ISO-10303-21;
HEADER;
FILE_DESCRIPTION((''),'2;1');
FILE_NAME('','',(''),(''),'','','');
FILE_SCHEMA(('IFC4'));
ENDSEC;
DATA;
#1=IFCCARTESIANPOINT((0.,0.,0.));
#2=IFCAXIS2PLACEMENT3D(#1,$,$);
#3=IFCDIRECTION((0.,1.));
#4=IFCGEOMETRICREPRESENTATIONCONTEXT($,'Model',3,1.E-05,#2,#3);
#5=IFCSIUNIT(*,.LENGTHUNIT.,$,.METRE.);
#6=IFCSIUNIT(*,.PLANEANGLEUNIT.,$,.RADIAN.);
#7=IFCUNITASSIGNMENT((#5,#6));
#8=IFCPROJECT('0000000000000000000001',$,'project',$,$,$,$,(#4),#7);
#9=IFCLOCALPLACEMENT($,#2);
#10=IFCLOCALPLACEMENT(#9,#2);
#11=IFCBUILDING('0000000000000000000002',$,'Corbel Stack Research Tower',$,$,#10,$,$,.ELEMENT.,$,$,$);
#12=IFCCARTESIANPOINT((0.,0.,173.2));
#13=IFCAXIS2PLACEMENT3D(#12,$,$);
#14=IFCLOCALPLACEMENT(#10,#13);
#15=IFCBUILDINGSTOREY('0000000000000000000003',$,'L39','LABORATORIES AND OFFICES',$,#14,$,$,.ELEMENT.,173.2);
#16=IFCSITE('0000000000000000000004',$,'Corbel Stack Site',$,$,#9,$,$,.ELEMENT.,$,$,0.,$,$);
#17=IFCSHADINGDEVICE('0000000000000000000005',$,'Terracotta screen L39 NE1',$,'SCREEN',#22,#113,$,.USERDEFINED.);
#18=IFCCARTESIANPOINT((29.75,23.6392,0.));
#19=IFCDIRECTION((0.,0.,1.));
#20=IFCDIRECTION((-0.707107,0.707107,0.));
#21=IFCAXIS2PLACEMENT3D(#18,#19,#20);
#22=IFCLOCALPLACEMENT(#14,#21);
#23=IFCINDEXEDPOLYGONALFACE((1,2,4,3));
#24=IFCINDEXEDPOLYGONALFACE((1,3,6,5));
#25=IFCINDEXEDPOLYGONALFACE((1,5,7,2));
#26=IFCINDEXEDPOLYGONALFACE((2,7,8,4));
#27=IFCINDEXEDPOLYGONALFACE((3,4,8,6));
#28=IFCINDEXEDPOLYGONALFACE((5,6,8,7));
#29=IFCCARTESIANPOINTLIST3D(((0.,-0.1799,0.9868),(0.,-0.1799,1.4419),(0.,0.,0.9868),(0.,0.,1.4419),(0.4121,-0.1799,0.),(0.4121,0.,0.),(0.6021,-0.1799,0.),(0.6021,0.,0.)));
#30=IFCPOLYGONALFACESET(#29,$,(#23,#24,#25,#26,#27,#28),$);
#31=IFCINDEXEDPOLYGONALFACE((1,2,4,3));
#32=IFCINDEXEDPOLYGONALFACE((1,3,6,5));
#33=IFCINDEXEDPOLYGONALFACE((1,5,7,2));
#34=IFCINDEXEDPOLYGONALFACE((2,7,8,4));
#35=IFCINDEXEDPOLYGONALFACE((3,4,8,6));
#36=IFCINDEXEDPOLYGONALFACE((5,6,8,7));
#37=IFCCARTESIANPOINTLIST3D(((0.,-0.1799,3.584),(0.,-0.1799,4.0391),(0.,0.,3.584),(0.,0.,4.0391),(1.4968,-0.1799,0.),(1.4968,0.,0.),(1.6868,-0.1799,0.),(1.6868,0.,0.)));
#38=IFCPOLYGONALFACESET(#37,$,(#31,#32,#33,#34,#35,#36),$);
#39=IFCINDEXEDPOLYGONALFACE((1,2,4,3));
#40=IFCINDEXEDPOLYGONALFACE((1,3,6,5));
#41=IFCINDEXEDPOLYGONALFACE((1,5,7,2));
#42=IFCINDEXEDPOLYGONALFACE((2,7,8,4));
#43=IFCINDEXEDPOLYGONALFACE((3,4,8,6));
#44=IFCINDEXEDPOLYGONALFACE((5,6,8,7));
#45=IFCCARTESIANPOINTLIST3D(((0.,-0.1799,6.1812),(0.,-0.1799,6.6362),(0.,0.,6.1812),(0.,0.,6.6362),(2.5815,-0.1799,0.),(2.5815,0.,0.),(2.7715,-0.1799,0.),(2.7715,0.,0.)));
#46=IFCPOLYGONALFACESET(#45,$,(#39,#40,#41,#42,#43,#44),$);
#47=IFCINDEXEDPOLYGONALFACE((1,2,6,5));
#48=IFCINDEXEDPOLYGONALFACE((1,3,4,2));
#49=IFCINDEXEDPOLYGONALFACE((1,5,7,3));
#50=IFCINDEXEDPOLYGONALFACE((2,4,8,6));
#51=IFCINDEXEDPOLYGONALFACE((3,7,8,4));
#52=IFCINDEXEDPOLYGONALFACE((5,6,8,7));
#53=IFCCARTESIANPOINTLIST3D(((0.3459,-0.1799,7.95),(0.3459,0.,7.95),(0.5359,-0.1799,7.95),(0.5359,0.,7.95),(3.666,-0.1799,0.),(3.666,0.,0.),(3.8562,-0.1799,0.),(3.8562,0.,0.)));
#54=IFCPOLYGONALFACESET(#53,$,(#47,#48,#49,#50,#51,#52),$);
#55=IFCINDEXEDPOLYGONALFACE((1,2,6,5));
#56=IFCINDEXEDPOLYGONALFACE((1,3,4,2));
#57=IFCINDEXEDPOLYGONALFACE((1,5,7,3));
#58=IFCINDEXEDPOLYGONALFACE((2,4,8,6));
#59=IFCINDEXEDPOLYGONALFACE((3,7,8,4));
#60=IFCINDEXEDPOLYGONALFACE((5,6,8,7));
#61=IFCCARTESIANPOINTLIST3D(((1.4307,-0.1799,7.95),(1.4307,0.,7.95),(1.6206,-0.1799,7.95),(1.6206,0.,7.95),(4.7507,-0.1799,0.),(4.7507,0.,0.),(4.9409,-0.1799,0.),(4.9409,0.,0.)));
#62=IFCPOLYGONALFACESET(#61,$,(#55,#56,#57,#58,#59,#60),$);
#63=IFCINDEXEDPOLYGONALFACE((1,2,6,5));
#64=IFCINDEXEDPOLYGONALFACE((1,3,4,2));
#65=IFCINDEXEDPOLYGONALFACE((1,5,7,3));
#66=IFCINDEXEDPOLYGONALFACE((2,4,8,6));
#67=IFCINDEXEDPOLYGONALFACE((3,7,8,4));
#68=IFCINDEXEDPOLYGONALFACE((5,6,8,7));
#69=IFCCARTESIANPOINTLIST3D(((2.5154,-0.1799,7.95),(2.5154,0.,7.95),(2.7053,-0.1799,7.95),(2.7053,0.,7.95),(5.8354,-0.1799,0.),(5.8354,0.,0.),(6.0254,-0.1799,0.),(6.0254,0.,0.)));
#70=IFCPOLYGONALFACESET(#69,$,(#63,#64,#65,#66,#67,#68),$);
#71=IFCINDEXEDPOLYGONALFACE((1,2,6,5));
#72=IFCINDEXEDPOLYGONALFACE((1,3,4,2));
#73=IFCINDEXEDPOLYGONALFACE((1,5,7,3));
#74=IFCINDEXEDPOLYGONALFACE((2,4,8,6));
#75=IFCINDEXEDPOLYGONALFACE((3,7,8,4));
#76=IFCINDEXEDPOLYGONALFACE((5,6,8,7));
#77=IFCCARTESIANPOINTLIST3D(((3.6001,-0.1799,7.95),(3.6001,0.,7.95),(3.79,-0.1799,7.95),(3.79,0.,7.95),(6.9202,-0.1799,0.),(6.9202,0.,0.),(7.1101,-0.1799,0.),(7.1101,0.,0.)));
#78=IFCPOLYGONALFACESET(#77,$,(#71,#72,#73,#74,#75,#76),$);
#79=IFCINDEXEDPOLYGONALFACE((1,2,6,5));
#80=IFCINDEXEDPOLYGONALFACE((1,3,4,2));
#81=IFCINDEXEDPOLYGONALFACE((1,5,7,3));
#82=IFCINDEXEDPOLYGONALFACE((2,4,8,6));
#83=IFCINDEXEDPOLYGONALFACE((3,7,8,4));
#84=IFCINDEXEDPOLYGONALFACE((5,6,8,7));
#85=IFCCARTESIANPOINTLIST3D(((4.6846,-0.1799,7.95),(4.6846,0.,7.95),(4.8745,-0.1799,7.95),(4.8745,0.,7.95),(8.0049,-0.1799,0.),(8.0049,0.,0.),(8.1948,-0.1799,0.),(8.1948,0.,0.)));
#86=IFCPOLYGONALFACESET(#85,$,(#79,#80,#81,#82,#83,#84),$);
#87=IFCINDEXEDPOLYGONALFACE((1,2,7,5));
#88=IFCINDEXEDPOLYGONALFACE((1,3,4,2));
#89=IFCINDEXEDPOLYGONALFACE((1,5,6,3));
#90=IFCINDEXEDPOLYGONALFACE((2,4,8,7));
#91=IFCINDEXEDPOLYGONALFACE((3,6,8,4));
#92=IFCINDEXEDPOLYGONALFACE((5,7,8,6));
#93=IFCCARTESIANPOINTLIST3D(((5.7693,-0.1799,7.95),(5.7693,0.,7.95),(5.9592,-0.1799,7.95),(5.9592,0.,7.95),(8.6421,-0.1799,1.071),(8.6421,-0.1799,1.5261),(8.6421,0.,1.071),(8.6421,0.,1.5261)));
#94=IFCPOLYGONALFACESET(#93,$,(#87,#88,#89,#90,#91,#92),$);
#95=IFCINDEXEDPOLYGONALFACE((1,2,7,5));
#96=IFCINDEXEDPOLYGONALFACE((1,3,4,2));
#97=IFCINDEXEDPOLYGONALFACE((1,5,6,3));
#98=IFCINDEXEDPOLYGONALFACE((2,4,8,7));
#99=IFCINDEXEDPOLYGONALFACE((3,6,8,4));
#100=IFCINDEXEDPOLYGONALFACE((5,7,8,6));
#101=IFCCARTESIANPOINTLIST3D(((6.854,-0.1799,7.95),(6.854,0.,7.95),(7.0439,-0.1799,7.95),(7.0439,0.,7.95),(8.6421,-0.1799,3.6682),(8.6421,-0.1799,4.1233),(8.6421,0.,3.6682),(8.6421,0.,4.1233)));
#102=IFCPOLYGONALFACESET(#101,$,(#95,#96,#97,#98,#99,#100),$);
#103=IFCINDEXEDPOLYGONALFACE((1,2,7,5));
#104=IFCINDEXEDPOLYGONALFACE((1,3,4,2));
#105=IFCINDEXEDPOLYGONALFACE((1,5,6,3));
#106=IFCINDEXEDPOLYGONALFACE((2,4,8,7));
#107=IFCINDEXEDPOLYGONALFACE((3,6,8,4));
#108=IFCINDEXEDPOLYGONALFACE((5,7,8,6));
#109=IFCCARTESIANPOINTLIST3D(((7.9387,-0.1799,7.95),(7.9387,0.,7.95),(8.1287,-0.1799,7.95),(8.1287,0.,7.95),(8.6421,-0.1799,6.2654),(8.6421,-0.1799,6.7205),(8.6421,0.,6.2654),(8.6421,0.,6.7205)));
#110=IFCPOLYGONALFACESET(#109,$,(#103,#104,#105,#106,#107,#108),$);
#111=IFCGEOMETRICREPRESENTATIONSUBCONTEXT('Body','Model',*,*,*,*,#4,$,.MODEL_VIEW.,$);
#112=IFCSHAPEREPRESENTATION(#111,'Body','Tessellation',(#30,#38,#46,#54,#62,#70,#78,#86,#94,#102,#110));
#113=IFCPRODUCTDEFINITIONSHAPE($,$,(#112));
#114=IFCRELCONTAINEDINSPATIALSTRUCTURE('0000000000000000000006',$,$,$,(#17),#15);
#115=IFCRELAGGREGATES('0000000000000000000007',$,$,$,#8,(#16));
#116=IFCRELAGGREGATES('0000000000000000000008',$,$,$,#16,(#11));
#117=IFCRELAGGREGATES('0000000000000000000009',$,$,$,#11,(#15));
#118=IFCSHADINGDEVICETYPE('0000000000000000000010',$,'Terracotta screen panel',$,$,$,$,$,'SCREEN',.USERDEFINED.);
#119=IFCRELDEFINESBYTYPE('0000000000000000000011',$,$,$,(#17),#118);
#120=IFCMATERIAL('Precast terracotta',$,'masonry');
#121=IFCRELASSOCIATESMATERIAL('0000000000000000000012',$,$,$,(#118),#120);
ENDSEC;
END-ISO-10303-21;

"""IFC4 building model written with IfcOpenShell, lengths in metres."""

from ifc_helpers import new_model, si_unit, direction, frame, origin, place, context, subcontext, project, spatial, polyline, outline, extrude, source, transform, mapped, material, type_object, element, save


model = new_model("IFC4")

# Units and contexts
model_context = context("Model", 3, precision=1e-05, world=origin(), true_north=direction((0.0, 1.0)))
body_context = subcontext(model_context, "Body", "Model", "MODEL_VIEW")
ifc_project = project(units=[si_unit("LENGTHUNIT", "METRE"), si_unit("PLANEANGLEUNIT", "RADIAN")], contexts=[model_context])

# Site, building, storey
site_placement = place(None, origin())
site = spatial("IfcSite", under=ifc_project, at=site_placement, Name="Corbel Stack Site", CompositionType="ELEMENT", RefElevation=0.0)
building_placement = place(site_placement, origin())
building = spatial("IfcBuilding", under=site, at=building_placement, Name="Corbel Stack Research Tower", CompositionType="ELEMENT")
storey_placement = place(building_placement, frame((0.0, 0.0, 173.2)))
storey = spatial("IfcBuildingStorey", under=building, at=storey_placement, Name="L39", Description="LABORATORIES AND OFFICES", CompositionType="ELEMENT", Elevation=173.2)

# Shading device
ifc_material_1 = material(Name="Precast terracotta", Category="masonry")
shading_device_type = type_object("IfcShadingDeviceType", Name="Terracotta screen panel", ElementType="SCREEN", PredefinedType="USERDEFINED", material=ifc_material_1)
shared_shape_1 = source(origin(), body_context, "Body", "SweptSolid", [
    extrude(outline(polyline([(0.6021, 0.0), (0.0, 1.4419), (0.0, 0.9868), (0.4121, 0.0), (0.6021, 0.0)])), frame((0.0, 0.0, 0.0), z_axis=(0.0, -1.0, 0.0), x_axis=(1.0, 0.0, 0.0)), (0.0, 0.0, 1.0), 0.1799),
    extrude(outline(polyline([(1.6868, 0.0), (0.0, 4.0391), (0.0, 3.584), (1.4968, 0.0), (1.6868, 0.0)])), frame((0.0, 0.0, 0.0), z_axis=(0.0, -1.0, 0.0), x_axis=(1.0, 0.0, 0.0)), (0.0, 0.0, 1.0), 0.1799),
    extrude(outline(polyline([(2.7715, 0.0), (0.0, 6.6362), (0.0, 6.1812), (2.5815, 0.0), (2.7715, 0.0)])), frame((0.0, 0.0, 0.0), z_axis=(0.0, -1.0, 0.0), x_axis=(1.0, 0.0, 0.0)), (0.0, 0.0, 1.0), 0.1799),
    extrude(outline(polyline([(3.8562, 0.0), (0.5359, 7.95), (0.3459, 7.95), (3.666, 0.0), (3.8562, 0.0)])), frame((0.0, 0.0, 0.0), z_axis=(0.0, -1.0, 0.0), x_axis=(1.0, 0.0, 0.0)), (0.0, 0.0, 1.0), 0.1799),
    extrude(outline(polyline([(4.9409, 0.0), (1.6206, 7.95), (1.4307, 7.95), (4.7507, 0.0), (4.9409, 0.0)])), frame((0.0, 0.0, 0.0), z_axis=(0.0, -1.0, 0.0), x_axis=(1.0, 0.0, 0.0)), (0.0, 0.0, 1.0), 0.1799),
    extrude(outline(polyline([(6.0254, 0.0), (2.7053, 7.95), (2.5154, 7.95), (5.8354, 0.0), (6.0254, 0.0)])), frame((0.0, 0.0, 0.0), z_axis=(0.0, -1.0, 0.0), x_axis=(1.0, 0.0, 0.0)), (0.0, 0.0, 1.0), 0.1799),
    extrude(outline(polyline([(7.1101, 0.0), (3.79, 7.95), (3.6001, 7.95), (6.9202, 0.0), (7.1101, 0.0)])), frame((0.0, 0.0, 0.0), z_axis=(0.0, -1.0, 0.0), x_axis=(1.0, 0.0, 0.0)), (0.0, 0.0, 1.0), 0.1799),
    extrude(outline(polyline([(8.1948, 0.0), (4.8745, 7.95), (4.6846, 7.95), (8.0049, 0.0), (8.1948, 0.0)])), frame((0.0, 0.0, 0.0), z_axis=(0.0, -1.0, 0.0), x_axis=(1.0, 0.0, 0.0)), (0.0, 0.0, 1.0), 0.1799),
    extrude(outline(polyline([(5.9592, 7.95), (5.7693, 7.95), (8.6421, 1.071), (8.6421, 1.5261), (5.9592, 7.95)])), frame((0.0, 0.0, 0.0), z_axis=(0.0, -1.0, 0.0), x_axis=(1.0, 0.0, 0.0)), (0.0, 0.0, 1.0), 0.1799),
    extrude(outline(polyline([(7.0439, 7.95), (6.854, 7.95), (8.6421, 3.6682), (8.6421, 4.1233), (7.0439, 7.95)])), frame((0.0, 0.0, 0.0), z_axis=(0.0, -1.0, 0.0), x_axis=(1.0, 0.0, 0.0)), (0.0, 0.0, 1.0), 0.1799),
    extrude(outline(polyline([(8.1287, 7.95), (7.9387, 7.95), (8.6421, 6.2654), (8.6421, 6.7205), (8.1287, 7.95)])), frame((0.0, 0.0, 0.0), z_axis=(0.0, -1.0, 0.0), x_axis=(1.0, 0.0, 0.0)), (0.0, 0.0, 1.0), 0.1799),
])
shading_device_1_placement = place(storey_placement, frame((29.75, 23.6392, 0.0), z_axis=(0.0, 0.0, 1.0), x_axis=(-0.707107, 0.707107, 0.0)))
element("IfcShadingDevice", 1, at=shading_device_1_placement, inside=storey, type_object=shading_device_type, Name="Terracotta screen L39 NE1", ObjectType="SCREEN", PredefinedType="USERDEFINED", context=body_context, shape_type="MappedRepresentation", body=[
    mapped(shared_shape_1, transform((0.0, 0.0, 0.0))),
])

save(model, "model.ifc")
